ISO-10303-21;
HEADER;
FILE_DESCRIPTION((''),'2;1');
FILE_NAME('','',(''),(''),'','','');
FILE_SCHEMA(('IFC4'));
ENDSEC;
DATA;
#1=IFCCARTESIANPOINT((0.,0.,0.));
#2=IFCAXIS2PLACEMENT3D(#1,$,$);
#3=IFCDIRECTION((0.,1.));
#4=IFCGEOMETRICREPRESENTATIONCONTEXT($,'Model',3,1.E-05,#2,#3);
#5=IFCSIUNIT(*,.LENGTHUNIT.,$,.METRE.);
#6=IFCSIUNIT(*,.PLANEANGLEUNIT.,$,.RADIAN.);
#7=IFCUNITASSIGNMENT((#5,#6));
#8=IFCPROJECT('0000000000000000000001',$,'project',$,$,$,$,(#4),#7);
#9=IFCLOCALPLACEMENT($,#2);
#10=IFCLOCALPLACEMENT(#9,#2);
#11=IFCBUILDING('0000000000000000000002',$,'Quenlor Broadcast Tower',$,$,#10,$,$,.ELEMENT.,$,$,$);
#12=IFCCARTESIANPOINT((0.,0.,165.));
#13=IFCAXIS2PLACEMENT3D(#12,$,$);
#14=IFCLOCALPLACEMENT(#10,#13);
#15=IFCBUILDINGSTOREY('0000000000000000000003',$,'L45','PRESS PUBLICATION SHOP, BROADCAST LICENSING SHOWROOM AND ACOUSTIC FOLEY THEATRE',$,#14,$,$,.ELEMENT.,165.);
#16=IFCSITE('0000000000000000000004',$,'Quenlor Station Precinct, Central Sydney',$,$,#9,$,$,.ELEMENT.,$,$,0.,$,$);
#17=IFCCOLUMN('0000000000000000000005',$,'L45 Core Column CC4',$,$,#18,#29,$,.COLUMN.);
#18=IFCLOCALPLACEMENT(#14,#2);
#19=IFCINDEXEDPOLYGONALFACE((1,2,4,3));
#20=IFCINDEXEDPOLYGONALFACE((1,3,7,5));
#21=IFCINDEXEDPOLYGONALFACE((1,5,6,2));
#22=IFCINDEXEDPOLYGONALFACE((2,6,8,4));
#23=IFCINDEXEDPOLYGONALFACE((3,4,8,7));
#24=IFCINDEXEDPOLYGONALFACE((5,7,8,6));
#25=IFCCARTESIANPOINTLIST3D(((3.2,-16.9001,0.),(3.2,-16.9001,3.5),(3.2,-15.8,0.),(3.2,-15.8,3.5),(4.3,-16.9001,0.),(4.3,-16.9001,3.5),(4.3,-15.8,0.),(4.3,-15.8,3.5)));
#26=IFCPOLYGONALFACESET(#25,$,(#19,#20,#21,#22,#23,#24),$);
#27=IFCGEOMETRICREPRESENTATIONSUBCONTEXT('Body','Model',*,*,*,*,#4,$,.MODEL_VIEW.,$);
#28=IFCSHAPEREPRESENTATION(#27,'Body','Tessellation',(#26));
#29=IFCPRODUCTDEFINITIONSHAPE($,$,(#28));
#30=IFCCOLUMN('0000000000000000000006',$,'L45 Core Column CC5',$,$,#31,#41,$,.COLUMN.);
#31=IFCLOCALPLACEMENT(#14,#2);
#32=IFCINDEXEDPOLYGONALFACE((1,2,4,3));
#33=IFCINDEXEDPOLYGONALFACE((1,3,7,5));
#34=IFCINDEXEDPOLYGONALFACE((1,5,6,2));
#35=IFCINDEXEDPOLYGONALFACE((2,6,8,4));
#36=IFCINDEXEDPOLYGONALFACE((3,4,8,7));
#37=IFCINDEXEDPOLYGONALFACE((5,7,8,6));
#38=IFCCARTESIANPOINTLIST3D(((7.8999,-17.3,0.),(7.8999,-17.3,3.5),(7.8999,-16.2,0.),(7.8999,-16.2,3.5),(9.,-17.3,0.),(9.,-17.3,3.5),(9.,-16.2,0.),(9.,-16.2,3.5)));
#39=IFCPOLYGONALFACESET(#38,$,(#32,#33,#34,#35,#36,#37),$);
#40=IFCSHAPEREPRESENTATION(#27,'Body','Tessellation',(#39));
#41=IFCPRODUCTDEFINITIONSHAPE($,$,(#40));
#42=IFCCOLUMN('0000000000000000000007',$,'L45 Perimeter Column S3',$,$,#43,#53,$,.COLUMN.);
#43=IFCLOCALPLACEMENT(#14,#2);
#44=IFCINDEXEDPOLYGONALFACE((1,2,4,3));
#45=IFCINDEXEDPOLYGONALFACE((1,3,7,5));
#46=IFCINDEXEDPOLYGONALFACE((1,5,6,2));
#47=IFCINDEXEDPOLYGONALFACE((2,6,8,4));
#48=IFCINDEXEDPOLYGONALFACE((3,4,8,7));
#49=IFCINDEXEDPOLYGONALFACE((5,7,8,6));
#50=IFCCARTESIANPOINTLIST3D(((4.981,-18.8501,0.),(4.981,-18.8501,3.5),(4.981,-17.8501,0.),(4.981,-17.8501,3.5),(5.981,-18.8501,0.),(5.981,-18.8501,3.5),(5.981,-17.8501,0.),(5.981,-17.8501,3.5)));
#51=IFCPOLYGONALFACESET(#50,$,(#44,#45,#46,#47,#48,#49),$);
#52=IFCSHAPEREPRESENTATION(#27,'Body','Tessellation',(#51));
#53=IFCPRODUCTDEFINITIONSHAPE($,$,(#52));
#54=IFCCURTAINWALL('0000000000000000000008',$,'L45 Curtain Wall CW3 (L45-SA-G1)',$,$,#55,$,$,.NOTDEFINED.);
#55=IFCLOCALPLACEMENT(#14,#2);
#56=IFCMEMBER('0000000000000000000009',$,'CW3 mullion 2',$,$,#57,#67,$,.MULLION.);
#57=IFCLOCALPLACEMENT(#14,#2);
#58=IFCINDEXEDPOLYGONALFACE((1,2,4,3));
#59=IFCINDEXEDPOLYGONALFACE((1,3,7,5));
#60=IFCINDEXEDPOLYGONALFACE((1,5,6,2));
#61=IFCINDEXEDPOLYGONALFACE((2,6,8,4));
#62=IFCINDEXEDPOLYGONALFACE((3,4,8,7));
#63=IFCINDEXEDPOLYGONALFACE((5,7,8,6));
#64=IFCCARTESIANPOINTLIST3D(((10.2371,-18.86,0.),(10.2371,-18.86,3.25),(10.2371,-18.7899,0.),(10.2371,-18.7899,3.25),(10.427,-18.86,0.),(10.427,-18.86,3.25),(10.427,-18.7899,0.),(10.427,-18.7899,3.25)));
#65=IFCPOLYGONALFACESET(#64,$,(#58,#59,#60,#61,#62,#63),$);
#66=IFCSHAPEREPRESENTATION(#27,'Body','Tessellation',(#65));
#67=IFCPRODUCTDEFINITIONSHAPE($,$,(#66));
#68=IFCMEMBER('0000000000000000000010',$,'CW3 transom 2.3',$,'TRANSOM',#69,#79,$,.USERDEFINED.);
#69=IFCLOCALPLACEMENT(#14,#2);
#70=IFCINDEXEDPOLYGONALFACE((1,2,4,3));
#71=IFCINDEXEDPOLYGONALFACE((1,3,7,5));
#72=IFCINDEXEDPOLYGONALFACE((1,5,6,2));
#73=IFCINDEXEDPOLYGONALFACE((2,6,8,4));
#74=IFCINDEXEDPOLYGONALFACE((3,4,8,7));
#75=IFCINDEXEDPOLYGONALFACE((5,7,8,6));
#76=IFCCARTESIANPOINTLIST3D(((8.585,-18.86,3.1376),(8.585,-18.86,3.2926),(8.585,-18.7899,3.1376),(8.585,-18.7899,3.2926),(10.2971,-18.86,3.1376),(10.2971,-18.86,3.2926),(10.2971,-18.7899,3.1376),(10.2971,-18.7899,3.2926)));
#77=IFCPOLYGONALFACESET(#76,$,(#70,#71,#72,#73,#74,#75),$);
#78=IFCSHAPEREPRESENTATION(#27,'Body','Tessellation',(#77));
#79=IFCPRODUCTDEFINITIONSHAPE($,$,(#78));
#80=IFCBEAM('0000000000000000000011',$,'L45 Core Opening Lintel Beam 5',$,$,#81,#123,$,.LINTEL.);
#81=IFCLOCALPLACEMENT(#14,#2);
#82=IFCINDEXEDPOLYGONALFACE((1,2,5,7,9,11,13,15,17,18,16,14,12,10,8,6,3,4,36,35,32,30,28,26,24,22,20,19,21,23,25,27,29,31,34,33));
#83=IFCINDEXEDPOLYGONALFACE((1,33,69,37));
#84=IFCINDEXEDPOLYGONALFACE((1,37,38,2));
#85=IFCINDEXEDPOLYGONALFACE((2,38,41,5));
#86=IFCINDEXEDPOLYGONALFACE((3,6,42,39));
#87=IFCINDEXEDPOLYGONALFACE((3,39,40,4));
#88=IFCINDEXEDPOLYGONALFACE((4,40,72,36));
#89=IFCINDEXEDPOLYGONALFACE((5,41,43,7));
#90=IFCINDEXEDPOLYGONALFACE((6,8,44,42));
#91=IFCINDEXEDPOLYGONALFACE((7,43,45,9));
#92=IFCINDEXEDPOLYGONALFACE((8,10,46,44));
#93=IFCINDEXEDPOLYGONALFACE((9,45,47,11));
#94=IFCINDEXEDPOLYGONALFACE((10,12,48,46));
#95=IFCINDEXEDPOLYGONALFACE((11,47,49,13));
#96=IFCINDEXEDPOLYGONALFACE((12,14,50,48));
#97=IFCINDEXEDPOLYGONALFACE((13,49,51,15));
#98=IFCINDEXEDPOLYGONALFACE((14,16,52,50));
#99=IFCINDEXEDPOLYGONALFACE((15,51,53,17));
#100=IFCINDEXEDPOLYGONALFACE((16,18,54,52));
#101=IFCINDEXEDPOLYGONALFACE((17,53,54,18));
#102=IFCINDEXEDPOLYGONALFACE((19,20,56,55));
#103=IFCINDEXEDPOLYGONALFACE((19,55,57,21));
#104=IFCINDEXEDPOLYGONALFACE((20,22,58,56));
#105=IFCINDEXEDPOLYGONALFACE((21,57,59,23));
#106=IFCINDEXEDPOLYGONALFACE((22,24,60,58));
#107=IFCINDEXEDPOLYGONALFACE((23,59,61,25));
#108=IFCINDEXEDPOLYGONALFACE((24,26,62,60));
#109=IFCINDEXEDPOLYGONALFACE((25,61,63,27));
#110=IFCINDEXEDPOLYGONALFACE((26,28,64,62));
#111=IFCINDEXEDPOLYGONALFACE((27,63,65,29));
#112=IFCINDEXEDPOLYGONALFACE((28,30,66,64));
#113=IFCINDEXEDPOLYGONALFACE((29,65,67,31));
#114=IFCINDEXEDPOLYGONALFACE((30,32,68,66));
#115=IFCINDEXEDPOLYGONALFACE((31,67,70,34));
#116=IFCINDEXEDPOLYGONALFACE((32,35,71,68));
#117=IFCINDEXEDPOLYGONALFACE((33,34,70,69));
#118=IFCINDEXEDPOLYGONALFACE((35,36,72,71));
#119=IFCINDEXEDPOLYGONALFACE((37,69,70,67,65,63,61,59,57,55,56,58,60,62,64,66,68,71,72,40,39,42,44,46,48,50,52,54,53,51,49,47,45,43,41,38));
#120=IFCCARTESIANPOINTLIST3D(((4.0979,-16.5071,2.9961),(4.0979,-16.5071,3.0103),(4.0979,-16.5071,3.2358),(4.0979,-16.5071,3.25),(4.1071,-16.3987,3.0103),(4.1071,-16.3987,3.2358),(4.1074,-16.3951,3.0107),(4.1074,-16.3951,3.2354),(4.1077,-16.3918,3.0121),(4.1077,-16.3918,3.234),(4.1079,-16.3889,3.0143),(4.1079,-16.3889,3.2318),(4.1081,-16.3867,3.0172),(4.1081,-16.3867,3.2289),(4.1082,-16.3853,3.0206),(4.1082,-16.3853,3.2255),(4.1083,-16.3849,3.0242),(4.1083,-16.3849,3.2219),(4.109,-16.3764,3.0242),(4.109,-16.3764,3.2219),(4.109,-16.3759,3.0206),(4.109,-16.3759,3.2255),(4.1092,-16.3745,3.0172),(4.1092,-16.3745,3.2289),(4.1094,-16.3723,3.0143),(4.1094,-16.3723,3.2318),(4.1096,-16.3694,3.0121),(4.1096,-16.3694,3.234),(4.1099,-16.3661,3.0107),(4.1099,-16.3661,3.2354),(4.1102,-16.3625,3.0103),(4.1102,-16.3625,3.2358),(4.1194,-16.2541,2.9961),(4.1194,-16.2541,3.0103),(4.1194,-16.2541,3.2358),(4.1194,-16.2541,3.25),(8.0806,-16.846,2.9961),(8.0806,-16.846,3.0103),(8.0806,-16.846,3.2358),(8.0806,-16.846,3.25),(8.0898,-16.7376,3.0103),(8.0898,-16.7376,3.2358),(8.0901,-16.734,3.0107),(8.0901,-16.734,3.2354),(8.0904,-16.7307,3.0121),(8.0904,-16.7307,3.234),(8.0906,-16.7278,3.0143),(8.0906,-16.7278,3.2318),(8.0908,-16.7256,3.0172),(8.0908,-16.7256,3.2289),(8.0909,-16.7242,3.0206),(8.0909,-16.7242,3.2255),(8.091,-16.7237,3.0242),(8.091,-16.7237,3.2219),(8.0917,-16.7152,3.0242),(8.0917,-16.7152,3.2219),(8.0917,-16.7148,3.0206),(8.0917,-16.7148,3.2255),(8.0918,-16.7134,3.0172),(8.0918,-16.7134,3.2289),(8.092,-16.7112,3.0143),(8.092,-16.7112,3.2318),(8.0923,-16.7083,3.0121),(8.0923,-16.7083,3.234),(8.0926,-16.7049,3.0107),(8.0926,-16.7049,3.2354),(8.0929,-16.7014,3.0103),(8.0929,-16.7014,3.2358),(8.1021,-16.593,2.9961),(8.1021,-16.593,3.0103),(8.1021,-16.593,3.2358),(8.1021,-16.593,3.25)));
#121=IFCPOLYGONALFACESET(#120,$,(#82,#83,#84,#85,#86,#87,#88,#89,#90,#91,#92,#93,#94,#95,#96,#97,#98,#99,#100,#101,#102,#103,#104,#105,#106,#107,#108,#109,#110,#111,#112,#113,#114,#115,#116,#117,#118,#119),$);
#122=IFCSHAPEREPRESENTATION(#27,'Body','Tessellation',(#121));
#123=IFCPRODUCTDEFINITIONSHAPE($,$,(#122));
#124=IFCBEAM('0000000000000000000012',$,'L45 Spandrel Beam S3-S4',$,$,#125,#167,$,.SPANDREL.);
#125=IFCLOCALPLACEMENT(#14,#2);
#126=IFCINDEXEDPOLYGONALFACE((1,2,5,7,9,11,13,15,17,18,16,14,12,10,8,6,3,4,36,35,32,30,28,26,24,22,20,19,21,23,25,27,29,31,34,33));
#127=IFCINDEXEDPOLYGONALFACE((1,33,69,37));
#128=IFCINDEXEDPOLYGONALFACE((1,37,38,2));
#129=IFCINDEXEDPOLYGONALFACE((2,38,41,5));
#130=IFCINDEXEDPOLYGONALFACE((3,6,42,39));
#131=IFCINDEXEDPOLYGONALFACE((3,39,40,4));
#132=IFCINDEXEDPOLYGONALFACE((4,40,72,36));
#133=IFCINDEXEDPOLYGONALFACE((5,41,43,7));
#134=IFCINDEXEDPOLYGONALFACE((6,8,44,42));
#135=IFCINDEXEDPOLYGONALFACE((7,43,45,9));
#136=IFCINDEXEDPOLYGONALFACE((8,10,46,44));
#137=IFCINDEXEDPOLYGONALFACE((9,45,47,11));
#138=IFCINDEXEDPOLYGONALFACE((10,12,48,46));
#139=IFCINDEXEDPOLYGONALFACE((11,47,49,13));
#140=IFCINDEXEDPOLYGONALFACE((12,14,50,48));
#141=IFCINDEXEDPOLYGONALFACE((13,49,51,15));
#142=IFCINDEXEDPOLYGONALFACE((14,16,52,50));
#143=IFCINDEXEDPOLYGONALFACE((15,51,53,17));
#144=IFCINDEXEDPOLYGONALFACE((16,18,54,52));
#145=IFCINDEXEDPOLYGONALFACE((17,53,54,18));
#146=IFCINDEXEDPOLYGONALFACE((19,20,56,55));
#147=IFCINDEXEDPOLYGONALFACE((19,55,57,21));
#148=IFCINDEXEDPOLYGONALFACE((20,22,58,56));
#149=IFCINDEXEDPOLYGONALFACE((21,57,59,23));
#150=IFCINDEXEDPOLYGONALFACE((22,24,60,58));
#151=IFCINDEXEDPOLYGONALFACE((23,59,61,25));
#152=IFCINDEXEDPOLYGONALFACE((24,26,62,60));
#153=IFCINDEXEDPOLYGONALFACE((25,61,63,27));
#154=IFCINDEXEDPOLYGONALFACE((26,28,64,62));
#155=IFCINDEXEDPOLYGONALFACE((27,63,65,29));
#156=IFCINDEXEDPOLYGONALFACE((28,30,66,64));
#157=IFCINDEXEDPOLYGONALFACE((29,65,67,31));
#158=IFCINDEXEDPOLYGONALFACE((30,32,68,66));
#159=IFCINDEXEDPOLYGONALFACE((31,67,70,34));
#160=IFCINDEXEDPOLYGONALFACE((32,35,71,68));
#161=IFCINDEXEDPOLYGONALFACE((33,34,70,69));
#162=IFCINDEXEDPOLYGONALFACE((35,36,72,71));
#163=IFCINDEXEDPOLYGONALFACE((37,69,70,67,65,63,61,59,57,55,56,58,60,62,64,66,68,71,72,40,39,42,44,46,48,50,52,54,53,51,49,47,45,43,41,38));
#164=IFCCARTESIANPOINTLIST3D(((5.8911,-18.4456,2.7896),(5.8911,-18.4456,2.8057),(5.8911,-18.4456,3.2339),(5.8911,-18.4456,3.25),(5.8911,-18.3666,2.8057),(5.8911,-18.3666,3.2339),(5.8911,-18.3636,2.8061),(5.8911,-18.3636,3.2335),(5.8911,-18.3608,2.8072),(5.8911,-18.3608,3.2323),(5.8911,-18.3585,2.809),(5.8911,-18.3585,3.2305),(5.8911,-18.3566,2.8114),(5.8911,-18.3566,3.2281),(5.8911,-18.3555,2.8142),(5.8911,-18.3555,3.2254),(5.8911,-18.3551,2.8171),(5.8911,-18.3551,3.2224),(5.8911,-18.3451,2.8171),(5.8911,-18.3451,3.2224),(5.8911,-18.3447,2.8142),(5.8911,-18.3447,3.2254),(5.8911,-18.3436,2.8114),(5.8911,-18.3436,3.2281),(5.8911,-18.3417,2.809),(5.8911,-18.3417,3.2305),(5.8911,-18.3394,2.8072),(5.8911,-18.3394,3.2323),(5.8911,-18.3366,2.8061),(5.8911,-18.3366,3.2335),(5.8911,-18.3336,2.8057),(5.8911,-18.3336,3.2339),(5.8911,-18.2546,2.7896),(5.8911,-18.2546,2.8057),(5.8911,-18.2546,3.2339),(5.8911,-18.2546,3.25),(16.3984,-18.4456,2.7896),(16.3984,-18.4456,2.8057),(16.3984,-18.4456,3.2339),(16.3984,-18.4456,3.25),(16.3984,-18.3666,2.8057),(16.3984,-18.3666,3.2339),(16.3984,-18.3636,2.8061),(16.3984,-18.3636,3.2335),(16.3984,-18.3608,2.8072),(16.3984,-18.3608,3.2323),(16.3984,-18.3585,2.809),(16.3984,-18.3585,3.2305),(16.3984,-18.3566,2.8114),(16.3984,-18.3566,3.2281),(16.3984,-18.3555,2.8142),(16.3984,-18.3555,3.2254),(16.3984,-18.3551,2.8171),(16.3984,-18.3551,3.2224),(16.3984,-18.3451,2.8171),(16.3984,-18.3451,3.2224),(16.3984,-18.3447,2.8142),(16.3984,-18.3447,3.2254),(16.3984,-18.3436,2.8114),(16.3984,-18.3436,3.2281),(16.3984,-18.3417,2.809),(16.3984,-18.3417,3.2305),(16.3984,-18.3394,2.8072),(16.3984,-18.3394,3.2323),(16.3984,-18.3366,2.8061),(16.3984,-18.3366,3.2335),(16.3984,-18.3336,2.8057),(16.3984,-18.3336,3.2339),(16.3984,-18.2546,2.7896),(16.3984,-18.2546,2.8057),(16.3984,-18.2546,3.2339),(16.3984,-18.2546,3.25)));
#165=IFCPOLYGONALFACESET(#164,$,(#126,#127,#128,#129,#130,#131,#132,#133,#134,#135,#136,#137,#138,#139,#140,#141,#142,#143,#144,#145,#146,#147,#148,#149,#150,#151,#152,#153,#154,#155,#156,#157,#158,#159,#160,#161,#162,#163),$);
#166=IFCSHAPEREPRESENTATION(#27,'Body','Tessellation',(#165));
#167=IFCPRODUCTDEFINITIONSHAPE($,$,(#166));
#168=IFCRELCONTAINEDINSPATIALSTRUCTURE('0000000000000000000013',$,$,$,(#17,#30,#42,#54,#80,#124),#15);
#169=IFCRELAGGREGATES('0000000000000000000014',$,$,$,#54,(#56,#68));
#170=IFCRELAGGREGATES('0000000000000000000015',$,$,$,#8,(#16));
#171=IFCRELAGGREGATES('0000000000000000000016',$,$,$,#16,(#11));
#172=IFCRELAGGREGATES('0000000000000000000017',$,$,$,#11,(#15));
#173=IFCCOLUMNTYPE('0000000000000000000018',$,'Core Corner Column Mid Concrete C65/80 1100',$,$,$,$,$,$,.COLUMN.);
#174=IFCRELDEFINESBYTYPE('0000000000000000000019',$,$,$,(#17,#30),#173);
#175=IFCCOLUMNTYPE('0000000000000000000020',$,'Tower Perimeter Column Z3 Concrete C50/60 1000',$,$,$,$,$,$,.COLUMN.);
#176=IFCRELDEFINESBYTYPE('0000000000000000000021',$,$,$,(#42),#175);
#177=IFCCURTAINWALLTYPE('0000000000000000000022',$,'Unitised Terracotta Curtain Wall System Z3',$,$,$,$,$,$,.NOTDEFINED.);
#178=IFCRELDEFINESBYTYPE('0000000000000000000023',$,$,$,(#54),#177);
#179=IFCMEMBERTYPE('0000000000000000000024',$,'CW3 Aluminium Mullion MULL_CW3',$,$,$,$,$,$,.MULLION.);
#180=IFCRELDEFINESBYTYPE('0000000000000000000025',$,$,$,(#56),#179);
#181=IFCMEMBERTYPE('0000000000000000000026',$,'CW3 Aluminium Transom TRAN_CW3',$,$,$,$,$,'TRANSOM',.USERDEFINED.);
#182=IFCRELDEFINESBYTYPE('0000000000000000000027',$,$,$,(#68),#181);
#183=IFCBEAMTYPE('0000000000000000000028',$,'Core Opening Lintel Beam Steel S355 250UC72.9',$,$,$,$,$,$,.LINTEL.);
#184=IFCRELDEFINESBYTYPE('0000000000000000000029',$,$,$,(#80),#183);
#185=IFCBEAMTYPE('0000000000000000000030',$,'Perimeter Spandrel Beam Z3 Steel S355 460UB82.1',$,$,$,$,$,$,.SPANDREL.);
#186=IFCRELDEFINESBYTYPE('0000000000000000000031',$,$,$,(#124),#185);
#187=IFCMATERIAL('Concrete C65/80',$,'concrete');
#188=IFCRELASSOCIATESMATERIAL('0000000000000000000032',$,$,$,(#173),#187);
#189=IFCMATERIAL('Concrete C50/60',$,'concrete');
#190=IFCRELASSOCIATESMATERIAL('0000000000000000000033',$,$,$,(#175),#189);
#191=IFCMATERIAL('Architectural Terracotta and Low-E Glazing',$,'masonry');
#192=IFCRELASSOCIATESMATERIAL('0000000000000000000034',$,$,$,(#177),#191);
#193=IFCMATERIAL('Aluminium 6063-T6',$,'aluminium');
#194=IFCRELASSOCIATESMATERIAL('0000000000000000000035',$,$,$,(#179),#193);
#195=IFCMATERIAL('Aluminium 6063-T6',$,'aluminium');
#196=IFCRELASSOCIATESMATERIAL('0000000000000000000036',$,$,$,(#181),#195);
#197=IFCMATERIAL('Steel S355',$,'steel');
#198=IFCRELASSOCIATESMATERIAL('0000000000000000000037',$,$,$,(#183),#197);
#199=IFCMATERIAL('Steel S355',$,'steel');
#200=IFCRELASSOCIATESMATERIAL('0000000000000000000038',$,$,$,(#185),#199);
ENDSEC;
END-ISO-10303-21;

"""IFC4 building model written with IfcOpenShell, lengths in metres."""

from ifc_helpers import new_model, si_unit, direction, frame, origin, origin_2d, place, context, subcontext, project, spatial, rectangle, i_section, extrude, material, material_profile, profile_set, type_object, element, aggregate, save


model = new_model("IFC4")

# Units and contexts
model_context = context("Model", 3, precision=1e-05, world=origin(), true_north=direction((0.0, 1.0)))
body_context = subcontext(model_context, "Body", "Model", "MODEL_VIEW")
ifc_project = project(units=[si_unit("LENGTHUNIT", "METRE"), si_unit("PLANEANGLEUNIT", "RADIAN")], contexts=[model_context])

# Site, building, storey
site_placement = place(None, origin())
site = spatial("IfcSite", under=ifc_project, at=site_placement, Name="Quenlor Station Precinct, Central Sydney", CompositionType="ELEMENT", RefElevation=0.0)
building_placement = place(site_placement, origin())
building = spatial("IfcBuilding", under=site, at=building_placement, Name="Quenlor Broadcast Tower", CompositionType="ELEMENT")
storey_placement = place(building_placement, frame((0.0, 0.0, 165.0)))
storey = spatial("IfcBuildingStorey", under=building, at=storey_placement, Name="L45", Description="PRESS PUBLICATION SHOP, BROADCAST LICENSING SHOWROOM AND ACOUSTIC FOLEY THEATRE", CompositionType="ELEMENT", Elevation=165.0)

# Columns
ifc_material_1 = material(Name="Concrete C65/80", Category="concrete")
ifc_material_profile_1 = material_profile(ifc_material_1, rectangle(XDim=1.1001, YDim=1.1001, at=origin_2d()))
ifc_profile_set_1 = profile_set([ifc_material_profile_1], Name="Concrete C65/80 RC1100x1100")
column_type_1 = type_object("IfcColumnType", Name="Core Corner Column Mid Concrete C65/80 1100", PredefinedType="COLUMN", material=ifc_profile_set_1)
for number, where, z_axis, x_axis, name in (
    (1, (3.75, -16.3501, 0.0), (0.0, 0.0, 1.0), (1.0, 0.0, 0.0), "L45 Core Column CC4"),
    (2, (8.45, -16.75, 0.0), (0.0, 0.0, 1.0), (1.0, 0.0, 0.0), "L45 Core Column CC5"),
):
    element("IfcColumn", number, at=place(storey_placement, frame(where, z_axis=z_axis, x_axis=x_axis)), inside=storey, type_object=column_type_1, Name=name, PredefinedType="COLUMN", context=body_context, shape_type="SweptSolid", body=[
        extrude(rectangle(XDim=1.1001, YDim=1.1001, at=origin_2d()), origin(), (0.0, 0.0, 1.0), 3.5),
    ])
ifc_material_2 = material(Name="Concrete C50/60", Category="concrete")
ifc_material_profile_2 = material_profile(ifc_material_2, rectangle(XDim=1.0, YDim=1.0, at=origin_2d()))
ifc_profile_set_2 = profile_set([ifc_material_profile_2], Name="Concrete C50/60 RC1000x1000")
column_type_2 = type_object("IfcColumnType", Name="Tower Perimeter Column Z3 Concrete C50/60 1000", PredefinedType="COLUMN", material=ifc_profile_set_2)
column_placement = place(storey_placement, frame((5.481, -18.3501, 0.0), z_axis=(0.0, 0.0, 1.0), x_axis=(0.0, 1.0, 0.0)))
element("IfcColumn", 3, at=column_placement, inside=storey, type_object=column_type_2, Name="L45 Perimeter Column S3", PredefinedType="COLUMN", context=body_context, shape_type="SweptSolid", body=[
    extrude(rectangle(XDim=1.0, YDim=1.0, at=origin_2d()), origin(), (0.0, 0.0, 1.0), 3.5),
])

# Curtain wall, members
ifc_material_3 = material(Name="Architectural Terracotta and Low-E Glazing", Category="masonry")
curtain_wall_type = type_object("IfcCurtainWallType", Name="Unitised Terracotta Curtain Wall System Z3", PredefinedType="NOTDEFINED", material=ifc_material_3)
curtain_wall_placement = place(storey_placement, origin())
curtain_wall = element("IfcCurtainWall", 4, at=curtain_wall_placement, inside=storey, type_object=curtain_wall_type, Name="L45 Curtain Wall CW3 (L45-SA-G1)", PredefinedType="NOTDEFINED")
ifc_material_4 = material(Name="Aluminium 6063-T6", Category="aluminium")
ifc_material_profile_3 = material_profile(ifc_material_4, rectangle(XDim=0.0701, YDim=0.1899, at=origin_2d()))
ifc_profile_set_3 = profile_set([ifc_material_profile_3], Name="Aluminium 6063-T6 MULL70x190")
member_type_1 = type_object("IfcMemberType", Name="CW3 Aluminium Mullion MULL_CW3", PredefinedType="MULLION", material=ifc_profile_set_3)
member_1_placement = place(storey_placement, frame((10.332, -18.825, 0.0), z_axis=(0.0, 0.0, 1.0), x_axis=(0.0, -1.0, 0.0)))
member_1 = element("IfcMember", 5, at=member_1_placement, type_object=member_type_1, Name="CW3 mullion 2", PredefinedType="MULLION", context=body_context, shape_type="SweptSolid", body=[
    extrude(rectangle(XDim=0.0701, YDim=0.1899, at=origin_2d()), origin(), (0.0, 0.0, 1.0), 3.25),
])
ifc_material_5 = material(Name="Aluminium 6063-T6", Category="aluminium")
ifc_material_profile_4 = material_profile(ifc_material_5, rectangle(XDim=0.0701, YDim=0.155, at=origin_2d()))
ifc_profile_set_4 = profile_set([ifc_material_profile_4], Name="Aluminium 6063-T6 TRAN70x155")
member_type_2 = type_object("IfcMemberType", Name="CW3 Aluminium Transom TRAN_CW3", ElementType="TRANSOM", PredefinedType="USERDEFINED", material=ifc_profile_set_4)
member_2_placement = place(storey_placement, frame((10.2971, -18.825, 3.2151), z_axis=(-1.0, 0.0, 0.0), x_axis=(0.0, -1.0, 0.0)))
member_2 = element("IfcMember", 6, at=member_2_placement, type_object=member_type_2, Name="CW3 transom 2.3", ObjectType="TRANSOM", PredefinedType="USERDEFINED", context=body_context, shape_type="SweptSolid", body=[
    extrude(rectangle(XDim=0.0701, YDim=0.155, at=origin_2d()), origin(), (0.0, 0.0, 1.0), 1.7122),
])

# Beams
ifc_material_6 = material(Name="Steel S355", Category="steel")
ifc_material_profile_5 = material_profile(ifc_material_6, i_section(OverallWidth=0.2539, OverallDepth=0.2539, WebThickness=0.0085, FlangeThickness=0.0142, FilletRadius=0.0139, at=origin_2d()))
ifc_profile_set_5 = profile_set([ifc_material_profile_5], Name="Steel S355 250UC72.9")
beam_type_1 = type_object("IfcBeamType", Name="Core Opening Lintel Beam Steel S355 250UC72.9", PredefinedType="LINTEL", material=ifc_profile_set_5)
beam_1_placement = place(storey_placement, frame((4.1086, -16.3806, 3.123), z_axis=(0.9964, -0.084779, 0.0), x_axis=(0.084779, 0.9964, 0.0)))
element("IfcBeam", 7, at=beam_1_placement, inside=storey, type_object=beam_type_1, Name="L45 Core Opening Lintel Beam 5", PredefinedType="LINTEL", context=body_context, shape_type="SweptSolid", body=[
    extrude(i_section(OverallWidth=0.2539, OverallDepth=0.2539, WebThickness=0.0085, FlangeThickness=0.0142, FilletRadius=0.0139, at=origin_2d()), origin(), (0.0, 0.0, 1.0), 3.9971),
])
ifc_material_7 = material(Name="Steel S355", Category="steel")
ifc_material_profile_6 = material_profile(ifc_material_7, i_section(OverallWidth=0.1909, OverallDepth=0.4604, WebThickness=0.01, FlangeThickness=0.0161, FilletRadius=0.0115, at=origin_2d()))
ifc_profile_set_6 = profile_set([ifc_material_profile_6], Name="Steel S355 460UB82.1")
beam_type_2 = type_object("IfcBeamType", Name="Perimeter Spandrel Beam Z3 Steel S355 460UB82.1", PredefinedType="SPANDREL", material=ifc_profile_set_6)
beam_2_placement = place(storey_placement, frame((5.8911, -18.3501, 3.0198), z_axis=(1.0, 0.0, 0.0), x_axis=(0.0, 1.0, 0.0)))
element("IfcBeam", 8, at=beam_2_placement, inside=storey, type_object=beam_type_2, Name="L45 Spandrel Beam S3-S4", PredefinedType="SPANDREL", context=body_context, shape_type="SweptSolid", body=[
    extrude(i_section(OverallWidth=0.1909, OverallDepth=0.4604, WebThickness=0.01, FlangeThickness=0.0161, FilletRadius=0.0115, at=origin_2d()), origin(), (0.0, 0.0, 1.0), 10.5073),
])

aggregate(curtain_wall, [member_1, member_2])

save(model, "model.ifc")
